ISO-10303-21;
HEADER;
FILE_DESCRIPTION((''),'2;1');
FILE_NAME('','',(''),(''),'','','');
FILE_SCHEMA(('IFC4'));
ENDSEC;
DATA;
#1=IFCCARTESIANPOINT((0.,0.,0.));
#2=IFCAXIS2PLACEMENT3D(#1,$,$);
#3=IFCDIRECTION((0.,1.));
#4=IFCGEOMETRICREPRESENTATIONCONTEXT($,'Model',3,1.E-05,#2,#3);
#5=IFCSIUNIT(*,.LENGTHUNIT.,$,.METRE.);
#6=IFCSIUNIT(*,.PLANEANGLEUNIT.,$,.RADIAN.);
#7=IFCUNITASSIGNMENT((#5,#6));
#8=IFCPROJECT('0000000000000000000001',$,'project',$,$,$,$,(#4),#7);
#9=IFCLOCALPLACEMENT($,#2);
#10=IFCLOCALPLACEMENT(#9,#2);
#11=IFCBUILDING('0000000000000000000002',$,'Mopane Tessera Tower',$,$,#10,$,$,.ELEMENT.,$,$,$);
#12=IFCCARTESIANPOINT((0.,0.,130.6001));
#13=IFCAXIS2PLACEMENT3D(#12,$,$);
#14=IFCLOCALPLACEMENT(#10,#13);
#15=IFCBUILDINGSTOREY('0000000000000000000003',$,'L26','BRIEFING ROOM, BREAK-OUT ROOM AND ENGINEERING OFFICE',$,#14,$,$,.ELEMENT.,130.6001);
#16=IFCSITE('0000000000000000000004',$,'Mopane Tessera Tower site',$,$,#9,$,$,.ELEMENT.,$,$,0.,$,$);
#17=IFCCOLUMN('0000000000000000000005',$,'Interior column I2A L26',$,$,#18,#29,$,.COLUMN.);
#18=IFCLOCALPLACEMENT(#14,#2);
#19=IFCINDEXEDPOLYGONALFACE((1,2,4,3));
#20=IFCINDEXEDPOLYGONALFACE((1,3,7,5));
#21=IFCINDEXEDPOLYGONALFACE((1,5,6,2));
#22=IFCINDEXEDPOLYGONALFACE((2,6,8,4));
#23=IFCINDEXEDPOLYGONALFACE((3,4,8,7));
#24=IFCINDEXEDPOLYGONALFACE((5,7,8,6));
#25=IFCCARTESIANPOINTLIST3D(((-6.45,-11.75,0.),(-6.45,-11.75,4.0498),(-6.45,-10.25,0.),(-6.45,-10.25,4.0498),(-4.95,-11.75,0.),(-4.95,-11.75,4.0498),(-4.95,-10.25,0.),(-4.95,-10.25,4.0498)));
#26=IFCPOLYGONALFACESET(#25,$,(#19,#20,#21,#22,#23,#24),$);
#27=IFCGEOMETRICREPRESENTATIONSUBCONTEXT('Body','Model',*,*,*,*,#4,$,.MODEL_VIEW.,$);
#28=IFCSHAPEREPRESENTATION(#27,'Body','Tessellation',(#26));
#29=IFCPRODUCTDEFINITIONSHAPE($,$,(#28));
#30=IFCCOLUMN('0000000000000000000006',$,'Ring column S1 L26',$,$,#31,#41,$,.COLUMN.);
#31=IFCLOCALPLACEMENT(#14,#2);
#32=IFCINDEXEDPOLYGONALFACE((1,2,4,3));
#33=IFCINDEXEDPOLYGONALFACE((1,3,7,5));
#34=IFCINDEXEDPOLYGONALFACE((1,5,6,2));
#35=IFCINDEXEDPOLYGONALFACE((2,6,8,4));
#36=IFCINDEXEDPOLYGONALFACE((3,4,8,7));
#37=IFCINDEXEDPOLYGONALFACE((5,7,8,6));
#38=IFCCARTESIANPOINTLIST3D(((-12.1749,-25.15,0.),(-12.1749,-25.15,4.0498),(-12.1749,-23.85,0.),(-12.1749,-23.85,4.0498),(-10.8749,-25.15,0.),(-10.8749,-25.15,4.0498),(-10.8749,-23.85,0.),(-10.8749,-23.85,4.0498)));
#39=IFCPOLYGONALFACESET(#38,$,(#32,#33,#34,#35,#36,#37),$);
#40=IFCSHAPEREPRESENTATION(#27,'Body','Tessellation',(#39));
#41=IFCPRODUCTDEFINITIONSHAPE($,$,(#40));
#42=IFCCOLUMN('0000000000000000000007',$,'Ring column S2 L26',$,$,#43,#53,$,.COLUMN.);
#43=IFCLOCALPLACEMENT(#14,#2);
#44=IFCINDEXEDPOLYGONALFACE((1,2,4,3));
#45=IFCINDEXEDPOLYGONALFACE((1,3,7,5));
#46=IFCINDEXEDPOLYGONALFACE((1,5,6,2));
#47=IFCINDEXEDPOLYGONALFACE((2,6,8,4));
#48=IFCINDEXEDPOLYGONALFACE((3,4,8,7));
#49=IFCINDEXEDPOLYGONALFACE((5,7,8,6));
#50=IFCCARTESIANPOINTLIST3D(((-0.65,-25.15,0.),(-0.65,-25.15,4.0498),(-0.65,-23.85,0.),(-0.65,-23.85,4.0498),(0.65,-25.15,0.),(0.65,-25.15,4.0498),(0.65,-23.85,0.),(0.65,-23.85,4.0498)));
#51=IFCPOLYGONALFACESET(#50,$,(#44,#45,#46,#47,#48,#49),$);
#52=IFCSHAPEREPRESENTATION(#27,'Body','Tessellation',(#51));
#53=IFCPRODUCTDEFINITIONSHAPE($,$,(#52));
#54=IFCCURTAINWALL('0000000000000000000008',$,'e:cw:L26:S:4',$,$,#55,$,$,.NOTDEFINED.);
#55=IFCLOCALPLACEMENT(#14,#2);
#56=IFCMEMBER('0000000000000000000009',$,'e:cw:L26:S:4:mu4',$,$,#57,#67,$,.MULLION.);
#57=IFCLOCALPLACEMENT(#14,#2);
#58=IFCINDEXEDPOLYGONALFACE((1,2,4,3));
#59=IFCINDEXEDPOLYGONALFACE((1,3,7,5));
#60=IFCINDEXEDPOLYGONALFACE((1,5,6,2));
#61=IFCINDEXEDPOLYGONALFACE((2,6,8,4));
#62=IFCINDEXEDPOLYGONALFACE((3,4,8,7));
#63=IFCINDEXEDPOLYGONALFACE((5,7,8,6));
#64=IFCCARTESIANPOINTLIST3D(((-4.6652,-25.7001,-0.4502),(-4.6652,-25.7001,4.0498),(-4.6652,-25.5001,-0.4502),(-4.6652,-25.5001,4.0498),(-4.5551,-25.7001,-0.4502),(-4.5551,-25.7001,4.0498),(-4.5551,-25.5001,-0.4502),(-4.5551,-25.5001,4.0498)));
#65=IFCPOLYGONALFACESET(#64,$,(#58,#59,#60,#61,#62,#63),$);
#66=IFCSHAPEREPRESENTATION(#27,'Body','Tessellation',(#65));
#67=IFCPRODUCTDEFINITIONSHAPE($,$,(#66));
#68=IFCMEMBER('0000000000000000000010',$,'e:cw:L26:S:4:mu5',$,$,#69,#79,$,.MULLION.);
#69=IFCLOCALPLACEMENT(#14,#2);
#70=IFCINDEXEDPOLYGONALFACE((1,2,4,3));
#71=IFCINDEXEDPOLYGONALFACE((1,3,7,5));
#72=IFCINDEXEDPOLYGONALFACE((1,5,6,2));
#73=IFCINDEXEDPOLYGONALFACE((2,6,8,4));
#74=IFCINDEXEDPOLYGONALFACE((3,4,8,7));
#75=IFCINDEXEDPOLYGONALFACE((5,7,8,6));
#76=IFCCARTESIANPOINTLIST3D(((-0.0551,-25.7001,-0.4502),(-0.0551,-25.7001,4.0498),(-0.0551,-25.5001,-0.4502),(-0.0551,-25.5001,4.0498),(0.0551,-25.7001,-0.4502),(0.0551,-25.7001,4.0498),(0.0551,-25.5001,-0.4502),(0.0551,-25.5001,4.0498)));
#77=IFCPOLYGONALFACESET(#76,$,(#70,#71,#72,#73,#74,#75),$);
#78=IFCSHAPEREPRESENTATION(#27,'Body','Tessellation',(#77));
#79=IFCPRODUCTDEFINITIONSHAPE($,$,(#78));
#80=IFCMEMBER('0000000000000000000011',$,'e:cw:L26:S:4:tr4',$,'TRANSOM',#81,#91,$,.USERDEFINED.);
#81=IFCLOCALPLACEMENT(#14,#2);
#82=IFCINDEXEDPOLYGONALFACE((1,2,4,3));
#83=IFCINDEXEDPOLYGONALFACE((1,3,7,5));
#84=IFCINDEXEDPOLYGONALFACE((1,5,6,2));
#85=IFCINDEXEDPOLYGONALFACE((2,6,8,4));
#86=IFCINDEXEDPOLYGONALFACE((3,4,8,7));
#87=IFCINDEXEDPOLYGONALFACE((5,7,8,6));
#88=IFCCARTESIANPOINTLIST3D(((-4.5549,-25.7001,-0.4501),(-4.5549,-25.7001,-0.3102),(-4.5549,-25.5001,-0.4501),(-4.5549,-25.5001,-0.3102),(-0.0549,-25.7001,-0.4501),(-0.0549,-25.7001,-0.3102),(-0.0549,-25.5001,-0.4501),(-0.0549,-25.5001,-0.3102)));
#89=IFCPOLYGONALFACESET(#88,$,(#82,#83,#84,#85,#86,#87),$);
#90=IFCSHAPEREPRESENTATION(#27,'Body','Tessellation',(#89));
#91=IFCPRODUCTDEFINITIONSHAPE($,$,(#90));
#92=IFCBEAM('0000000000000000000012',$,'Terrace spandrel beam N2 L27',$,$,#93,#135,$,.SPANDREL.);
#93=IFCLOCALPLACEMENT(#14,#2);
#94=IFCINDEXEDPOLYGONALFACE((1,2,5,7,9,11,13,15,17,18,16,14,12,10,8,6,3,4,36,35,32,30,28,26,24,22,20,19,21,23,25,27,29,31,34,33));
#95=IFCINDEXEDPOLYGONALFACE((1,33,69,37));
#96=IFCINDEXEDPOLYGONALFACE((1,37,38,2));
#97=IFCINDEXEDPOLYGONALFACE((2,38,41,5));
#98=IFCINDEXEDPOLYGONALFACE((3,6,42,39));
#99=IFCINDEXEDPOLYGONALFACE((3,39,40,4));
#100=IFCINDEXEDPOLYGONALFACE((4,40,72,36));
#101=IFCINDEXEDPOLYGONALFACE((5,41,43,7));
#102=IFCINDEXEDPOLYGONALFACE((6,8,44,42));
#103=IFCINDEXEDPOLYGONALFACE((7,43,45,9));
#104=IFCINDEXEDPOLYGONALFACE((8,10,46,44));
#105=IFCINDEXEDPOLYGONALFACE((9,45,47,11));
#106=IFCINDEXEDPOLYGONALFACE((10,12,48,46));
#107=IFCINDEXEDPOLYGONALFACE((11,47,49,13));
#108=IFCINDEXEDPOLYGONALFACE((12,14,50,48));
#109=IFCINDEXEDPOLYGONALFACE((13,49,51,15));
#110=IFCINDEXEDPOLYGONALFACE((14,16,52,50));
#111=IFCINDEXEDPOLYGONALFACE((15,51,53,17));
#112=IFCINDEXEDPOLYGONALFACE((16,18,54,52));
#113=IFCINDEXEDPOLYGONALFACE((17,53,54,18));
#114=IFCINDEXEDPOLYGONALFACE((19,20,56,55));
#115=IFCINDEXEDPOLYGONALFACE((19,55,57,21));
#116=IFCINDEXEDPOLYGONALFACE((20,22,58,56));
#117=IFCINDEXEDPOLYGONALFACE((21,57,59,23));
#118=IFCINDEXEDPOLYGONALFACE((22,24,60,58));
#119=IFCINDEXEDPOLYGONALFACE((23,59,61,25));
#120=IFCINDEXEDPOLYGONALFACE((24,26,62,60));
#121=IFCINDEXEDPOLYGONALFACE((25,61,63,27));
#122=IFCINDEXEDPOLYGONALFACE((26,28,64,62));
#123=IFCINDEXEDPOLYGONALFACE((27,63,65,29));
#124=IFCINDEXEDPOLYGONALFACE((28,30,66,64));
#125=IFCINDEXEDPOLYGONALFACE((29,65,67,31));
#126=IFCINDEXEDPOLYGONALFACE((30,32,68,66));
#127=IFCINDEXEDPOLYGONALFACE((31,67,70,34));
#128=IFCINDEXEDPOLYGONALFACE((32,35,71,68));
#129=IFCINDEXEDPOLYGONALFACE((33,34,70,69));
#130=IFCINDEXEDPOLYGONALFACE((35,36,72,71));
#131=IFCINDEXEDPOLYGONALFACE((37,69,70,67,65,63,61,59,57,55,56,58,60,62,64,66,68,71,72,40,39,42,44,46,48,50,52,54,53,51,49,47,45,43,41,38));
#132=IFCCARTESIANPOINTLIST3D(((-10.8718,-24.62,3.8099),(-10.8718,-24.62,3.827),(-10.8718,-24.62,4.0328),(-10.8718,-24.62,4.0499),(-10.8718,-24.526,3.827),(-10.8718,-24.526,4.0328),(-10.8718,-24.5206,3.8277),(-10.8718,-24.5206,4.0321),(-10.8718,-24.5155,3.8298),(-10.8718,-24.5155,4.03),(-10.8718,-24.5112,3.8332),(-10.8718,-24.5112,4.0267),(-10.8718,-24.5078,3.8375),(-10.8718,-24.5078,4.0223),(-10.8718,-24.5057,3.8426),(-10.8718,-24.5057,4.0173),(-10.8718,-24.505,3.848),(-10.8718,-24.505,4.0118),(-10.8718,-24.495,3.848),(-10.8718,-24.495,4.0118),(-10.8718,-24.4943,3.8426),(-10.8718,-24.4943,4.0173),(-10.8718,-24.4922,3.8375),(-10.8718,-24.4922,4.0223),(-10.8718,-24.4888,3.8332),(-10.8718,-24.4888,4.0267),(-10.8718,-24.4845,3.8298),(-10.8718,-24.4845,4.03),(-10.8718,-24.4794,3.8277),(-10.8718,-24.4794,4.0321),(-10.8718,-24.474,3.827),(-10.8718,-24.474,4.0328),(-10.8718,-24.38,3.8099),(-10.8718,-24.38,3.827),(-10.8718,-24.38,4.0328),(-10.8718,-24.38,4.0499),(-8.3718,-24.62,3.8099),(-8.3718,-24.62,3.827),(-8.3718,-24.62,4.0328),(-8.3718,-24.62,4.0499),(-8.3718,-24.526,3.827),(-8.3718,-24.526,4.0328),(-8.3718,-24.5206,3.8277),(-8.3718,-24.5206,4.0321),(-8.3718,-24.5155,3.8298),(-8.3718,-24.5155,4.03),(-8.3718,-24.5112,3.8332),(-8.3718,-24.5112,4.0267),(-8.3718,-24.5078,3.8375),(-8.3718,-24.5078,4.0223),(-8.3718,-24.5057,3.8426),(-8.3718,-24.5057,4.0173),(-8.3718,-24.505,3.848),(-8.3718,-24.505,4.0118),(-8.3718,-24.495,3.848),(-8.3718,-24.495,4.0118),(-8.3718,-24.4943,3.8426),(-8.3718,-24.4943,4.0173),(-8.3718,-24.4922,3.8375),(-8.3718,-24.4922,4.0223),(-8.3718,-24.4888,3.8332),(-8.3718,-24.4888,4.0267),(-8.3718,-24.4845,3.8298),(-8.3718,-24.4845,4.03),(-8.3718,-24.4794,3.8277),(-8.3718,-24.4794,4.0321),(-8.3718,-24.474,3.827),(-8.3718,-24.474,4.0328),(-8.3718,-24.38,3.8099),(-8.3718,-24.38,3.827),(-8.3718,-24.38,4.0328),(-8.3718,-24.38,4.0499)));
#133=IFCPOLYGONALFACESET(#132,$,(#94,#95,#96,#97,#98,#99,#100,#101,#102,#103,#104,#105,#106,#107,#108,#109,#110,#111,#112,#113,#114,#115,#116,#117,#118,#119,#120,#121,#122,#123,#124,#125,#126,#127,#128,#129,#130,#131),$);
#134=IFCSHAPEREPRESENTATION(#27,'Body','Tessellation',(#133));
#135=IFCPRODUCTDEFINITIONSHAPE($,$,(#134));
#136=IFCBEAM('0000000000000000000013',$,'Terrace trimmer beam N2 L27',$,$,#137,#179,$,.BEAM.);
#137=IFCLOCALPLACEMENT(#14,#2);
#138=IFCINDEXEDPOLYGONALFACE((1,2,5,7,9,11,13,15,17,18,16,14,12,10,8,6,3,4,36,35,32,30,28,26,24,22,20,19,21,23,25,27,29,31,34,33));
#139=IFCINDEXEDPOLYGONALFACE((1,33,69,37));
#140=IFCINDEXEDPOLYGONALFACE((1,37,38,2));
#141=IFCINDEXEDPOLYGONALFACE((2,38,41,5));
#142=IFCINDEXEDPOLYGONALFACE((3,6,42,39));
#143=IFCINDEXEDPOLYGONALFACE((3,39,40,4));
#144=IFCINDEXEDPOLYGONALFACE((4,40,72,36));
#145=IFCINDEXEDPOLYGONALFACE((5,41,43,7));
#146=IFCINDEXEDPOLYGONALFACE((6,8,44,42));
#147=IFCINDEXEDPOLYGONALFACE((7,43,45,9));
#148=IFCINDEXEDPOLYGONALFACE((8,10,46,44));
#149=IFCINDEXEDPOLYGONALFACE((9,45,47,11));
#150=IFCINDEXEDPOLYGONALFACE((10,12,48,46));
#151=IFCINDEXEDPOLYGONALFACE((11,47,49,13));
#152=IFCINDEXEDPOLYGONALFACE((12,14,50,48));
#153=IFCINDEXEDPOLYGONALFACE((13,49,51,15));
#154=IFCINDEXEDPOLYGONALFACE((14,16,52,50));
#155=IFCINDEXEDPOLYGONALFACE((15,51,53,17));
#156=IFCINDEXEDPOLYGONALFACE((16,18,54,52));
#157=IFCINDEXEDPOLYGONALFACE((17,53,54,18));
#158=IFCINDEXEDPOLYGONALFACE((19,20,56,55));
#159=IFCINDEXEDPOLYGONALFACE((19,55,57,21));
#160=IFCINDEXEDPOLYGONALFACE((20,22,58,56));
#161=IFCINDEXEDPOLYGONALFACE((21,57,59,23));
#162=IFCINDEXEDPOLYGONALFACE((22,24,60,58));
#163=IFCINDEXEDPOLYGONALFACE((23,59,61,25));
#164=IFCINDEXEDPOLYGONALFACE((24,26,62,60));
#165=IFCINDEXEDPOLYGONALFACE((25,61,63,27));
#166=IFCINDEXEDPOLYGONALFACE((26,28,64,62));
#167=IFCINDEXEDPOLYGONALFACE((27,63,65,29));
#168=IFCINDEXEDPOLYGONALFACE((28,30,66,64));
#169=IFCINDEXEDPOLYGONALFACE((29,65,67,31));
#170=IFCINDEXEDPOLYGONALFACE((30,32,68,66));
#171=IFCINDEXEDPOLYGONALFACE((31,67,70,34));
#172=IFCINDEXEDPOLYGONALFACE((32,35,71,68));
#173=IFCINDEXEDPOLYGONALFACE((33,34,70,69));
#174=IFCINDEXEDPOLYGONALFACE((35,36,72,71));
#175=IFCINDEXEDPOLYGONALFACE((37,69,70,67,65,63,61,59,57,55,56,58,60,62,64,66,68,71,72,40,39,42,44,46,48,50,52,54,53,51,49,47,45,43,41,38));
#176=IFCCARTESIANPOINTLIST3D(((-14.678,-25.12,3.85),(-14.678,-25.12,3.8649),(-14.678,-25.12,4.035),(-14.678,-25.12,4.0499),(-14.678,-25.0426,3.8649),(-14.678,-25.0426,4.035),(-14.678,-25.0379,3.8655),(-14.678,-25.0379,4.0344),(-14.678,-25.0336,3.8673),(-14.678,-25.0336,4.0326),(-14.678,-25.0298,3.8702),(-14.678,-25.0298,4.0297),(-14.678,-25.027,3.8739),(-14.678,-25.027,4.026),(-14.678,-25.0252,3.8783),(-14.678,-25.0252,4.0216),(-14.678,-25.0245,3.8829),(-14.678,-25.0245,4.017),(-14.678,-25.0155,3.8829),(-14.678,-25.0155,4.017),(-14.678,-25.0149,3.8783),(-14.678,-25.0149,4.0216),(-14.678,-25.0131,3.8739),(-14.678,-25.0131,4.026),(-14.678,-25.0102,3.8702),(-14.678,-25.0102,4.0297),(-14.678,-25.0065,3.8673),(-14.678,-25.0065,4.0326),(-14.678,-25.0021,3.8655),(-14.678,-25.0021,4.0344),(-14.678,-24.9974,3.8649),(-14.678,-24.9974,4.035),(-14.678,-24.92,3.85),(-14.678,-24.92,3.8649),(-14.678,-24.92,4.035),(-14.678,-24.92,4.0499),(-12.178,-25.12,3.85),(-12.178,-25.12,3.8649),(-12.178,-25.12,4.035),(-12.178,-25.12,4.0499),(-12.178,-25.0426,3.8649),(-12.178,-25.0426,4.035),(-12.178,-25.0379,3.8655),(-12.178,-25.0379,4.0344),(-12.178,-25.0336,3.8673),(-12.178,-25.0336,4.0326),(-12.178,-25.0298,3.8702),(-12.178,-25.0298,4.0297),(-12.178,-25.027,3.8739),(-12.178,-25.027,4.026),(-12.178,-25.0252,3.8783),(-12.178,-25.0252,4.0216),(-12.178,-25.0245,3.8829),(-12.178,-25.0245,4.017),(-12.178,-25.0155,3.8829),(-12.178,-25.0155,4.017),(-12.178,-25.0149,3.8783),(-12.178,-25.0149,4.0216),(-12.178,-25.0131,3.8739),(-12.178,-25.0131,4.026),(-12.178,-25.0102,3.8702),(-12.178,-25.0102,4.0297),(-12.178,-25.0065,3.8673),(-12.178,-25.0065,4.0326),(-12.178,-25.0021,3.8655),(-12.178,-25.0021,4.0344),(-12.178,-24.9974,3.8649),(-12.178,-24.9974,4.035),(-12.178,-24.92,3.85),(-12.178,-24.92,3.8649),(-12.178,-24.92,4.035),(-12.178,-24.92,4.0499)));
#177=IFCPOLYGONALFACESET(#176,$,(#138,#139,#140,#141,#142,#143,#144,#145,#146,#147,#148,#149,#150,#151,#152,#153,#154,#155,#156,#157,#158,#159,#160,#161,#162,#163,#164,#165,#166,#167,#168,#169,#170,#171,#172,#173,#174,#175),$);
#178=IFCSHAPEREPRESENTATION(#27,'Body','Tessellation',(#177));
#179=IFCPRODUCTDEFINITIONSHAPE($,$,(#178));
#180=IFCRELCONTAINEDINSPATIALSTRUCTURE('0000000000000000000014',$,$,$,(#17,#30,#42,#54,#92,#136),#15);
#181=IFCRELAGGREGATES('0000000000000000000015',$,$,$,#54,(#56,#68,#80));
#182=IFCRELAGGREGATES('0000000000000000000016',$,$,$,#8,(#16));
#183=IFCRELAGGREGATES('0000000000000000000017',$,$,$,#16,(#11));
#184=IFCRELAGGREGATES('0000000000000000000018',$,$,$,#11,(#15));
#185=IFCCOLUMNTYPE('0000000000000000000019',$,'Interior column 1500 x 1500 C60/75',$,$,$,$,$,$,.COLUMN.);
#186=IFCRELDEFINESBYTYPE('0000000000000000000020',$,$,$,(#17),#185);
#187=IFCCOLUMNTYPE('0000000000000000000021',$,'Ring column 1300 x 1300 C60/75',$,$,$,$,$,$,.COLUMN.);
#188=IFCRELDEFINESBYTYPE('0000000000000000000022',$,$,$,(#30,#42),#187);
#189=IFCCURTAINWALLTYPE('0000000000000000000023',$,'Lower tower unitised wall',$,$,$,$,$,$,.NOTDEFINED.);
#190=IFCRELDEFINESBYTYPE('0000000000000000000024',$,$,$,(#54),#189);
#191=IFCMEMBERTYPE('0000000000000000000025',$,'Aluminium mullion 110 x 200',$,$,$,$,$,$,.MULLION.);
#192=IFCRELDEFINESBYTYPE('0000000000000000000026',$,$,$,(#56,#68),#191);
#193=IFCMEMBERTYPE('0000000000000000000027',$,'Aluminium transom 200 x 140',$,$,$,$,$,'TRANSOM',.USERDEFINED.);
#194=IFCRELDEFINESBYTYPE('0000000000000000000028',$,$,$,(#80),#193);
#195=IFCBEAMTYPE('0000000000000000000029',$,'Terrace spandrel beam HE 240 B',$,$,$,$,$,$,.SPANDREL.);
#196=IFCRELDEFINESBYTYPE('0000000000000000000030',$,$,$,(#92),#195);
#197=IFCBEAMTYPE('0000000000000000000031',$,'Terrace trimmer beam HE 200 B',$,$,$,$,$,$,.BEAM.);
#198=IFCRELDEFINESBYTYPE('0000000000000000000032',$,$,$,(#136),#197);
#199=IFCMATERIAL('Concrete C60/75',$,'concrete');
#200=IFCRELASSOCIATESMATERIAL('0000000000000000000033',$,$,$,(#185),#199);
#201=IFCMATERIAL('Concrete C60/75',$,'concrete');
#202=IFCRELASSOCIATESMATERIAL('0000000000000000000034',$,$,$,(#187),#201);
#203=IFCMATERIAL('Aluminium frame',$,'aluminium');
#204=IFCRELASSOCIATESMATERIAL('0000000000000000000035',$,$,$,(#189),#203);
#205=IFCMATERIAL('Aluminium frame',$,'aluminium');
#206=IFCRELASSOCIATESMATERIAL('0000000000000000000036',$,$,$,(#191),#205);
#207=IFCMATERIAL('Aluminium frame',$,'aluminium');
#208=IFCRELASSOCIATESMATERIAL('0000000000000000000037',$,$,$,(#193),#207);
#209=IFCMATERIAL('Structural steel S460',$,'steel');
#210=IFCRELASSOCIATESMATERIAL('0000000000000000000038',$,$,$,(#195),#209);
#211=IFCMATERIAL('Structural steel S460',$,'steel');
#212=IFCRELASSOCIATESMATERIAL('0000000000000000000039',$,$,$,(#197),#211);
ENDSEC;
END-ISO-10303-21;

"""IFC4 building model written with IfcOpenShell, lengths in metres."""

from ifc_helpers import new_model, si_unit, direction, frame, origin, origin_2d, place, context, subcontext, project, spatial, rectangle, i_section, extrude, material, material_profile, profile_set, type_object, element, aggregate, save


model = new_model("IFC4")

# Units and contexts
model_context = context("Model", 3, precision=1e-05, world=origin(), true_north=direction((0.0, 1.0)))
body_context = subcontext(model_context, "Body", "Model", "MODEL_VIEW")
ifc_project = project(units=[si_unit("LENGTHUNIT", "METRE"), si_unit("PLANEANGLEUNIT", "RADIAN")], contexts=[model_context])

# Site, building, storey
site_placement = place(None, origin())
site = spatial("IfcSite", under=ifc_project, at=site_placement, Name="Mopane Tessera Tower site", CompositionType="ELEMENT", RefElevation=0.0)
building_placement = place(site_placement, origin())
building = spatial("IfcBuilding", under=site, at=building_placement, Name="Mopane Tessera Tower", CompositionType="ELEMENT")
storey_placement = place(building_placement, frame((0.0, 0.0, 130.6001)))
storey = spatial("IfcBuildingStorey", under=building, at=storey_placement, Name="L26", Description="BRIEFING ROOM, BREAK-OUT ROOM AND ENGINEERING OFFICE", CompositionType="ELEMENT", Elevation=130.6001)

# Columns
ifc_material_1 = material(Name="Concrete C60/75", Category="concrete")
ifc_material_profile_1 = material_profile(ifc_material_1, rectangle(XDim=1.5, YDim=1.5, at=origin_2d()))
ifc_profile_set_1 = profile_set([ifc_material_profile_1], Name="Concrete C60/75")
column_type_1 = type_object("IfcColumnType", Name="Interior column 1500 x 1500 C60/75", PredefinedType="COLUMN", material=ifc_profile_set_1)
column_placement = place(storey_placement, frame((-5.7, -11.0, 0.0), z_axis=(0.0, 0.0, 1.0), x_axis=(1.0, 0.0, 0.0)))
element("IfcColumn", 1, at=column_placement, inside=storey, type_object=column_type_1, Name="Interior column I2A L26", PredefinedType="COLUMN", context=body_context, shape_type="SweptSolid", body=[
    extrude(rectangle(XDim=1.5, YDim=1.5, at=origin_2d()), origin(), (0.0, 0.0, 1.0), 4.0498),
])
ifc_material_2 = material(Name="Concrete C60/75", Category="concrete")
ifc_material_profile_2 = material_profile(ifc_material_2, rectangle(XDim=1.3, YDim=1.3, at=origin_2d()))
ifc_profile_set_2 = profile_set([ifc_material_profile_2], Name="Concrete C60/75")
column_type_2 = type_object("IfcColumnType", Name="Ring column 1300 x 1300 C60/75", PredefinedType="COLUMN", material=ifc_profile_set_2)
for number, where, z_axis, x_axis, name in (
    (2, (-11.5249, -24.5, 0.0), (0.0, 0.0, 1.0), (1.0, 0.0, 0.0), "Ring column S1 L26"),
    (3, (0.0, -24.5, 0.0), (0.0, 0.0, 1.0), (1.0, 0.0, 0.0), "Ring column S2 L26"),
):
    element("IfcColumn", number, at=place(storey_placement, frame(where, z_axis=z_axis, x_axis=x_axis)), inside=storey, type_object=column_type_2, Name=name, PredefinedType="COLUMN", context=body_context, shape_type="SweptSolid", body=[
        extrude(rectangle(XDim=1.3, YDim=1.3, at=origin_2d()), origin(), (0.0, 0.0, 1.0), 4.0498),
    ])

# Curtain wall, members
ifc_material_3 = material(Name="Aluminium frame", Category="aluminium")
curtain_wall_type = type_object("IfcCurtainWallType", Name="Lower tower unitised wall", PredefinedType="NOTDEFINED", material=ifc_material_3)
curtain_wall_placement = place(storey_placement, origin())
curtain_wall = element("IfcCurtainWall", 4, at=curtain_wall_placement, inside=storey, type_object=curtain_wall_type, Name="e:cw:L26:S:4", PredefinedType="NOTDEFINED")
ifc_material_4 = material(Name="Aluminium frame", Category="aluminium")
ifc_material_profile_3 = material_profile(ifc_material_4, rectangle(XDim=0.1101, YDim=0.2, at=origin_2d()))
ifc_profile_set_3 = profile_set([ifc_material_profile_3], Name="Aluminium frame")
member_type_1 = type_object("IfcMemberType", Name="Aluminium mullion 110 x 200", PredefinedType="MULLION", material=ifc_profile_set_3)
member_1_placement = place(storey_placement, frame((-4.6101, -25.6001, -0.4502), z_axis=(0.0, 0.0, 1.0), x_axis=(1.0, 0.0, 0.0)))
member_1 = element("IfcMember", 5, at=member_1_placement, type_object=member_type_1, Name="e:cw:L26:S:4:mu4", PredefinedType="MULLION", context=body_context, shape_type="SweptSolid", body=[
    extrude(rectangle(XDim=0.1101, YDim=0.2, at=origin_2d()), origin(), (0.0, 0.0, 1.0), 4.5),
])
member_2_placement = place(storey_placement, frame((0.0, -25.6001, -0.4502), z_axis=(0.0, 0.0, 1.0), x_axis=(1.0, 0.0, 0.0)))
member_2 = element("IfcMember", 6, at=member_2_placement, type_object=member_type_1, Name="e:cw:L26:S:4:mu5", PredefinedType="MULLION", context=body_context, shape_type="SweptSolid", body=[
    extrude(rectangle(XDim=0.1101, YDim=0.2, at=origin_2d()), origin(), (0.0, 0.0, 1.0), 4.5),
])
ifc_material_5 = material(Name="Aluminium frame", Category="aluminium")
ifc_material_profile_4 = material_profile(ifc_material_5, rectangle(XDim=0.2, YDim=0.1399, at=origin_2d()))
ifc_profile_set_4 = profile_set([ifc_material_profile_4], Name="Aluminium frame")
member_type_2 = type_object("IfcMemberType", Name="Aluminium transom 200 x 140", ElementType="TRANSOM", PredefinedType="USERDEFINED", material=ifc_profile_set_4)
member_3_placement = place(storey_placement, frame((-4.5549, -25.6001, -0.3801), z_axis=(1.0, 0.0, 0.0), x_axis=(0.0, 1.0, 0.0)))
member_3 = element("IfcMember", 7, at=member_3_placement, type_object=member_type_2, Name="e:cw:L26:S:4:tr4", ObjectType="TRANSOM", PredefinedType="USERDEFINED", context=body_context, shape_type="SweptSolid", body=[
    extrude(rectangle(XDim=0.2, YDim=0.1399, at=origin_2d()), origin(), (0.0, 0.0, 1.0), 4.5),
])

# Beams
ifc_material_6 = material(Name="Structural steel S460", Category="steel")
ifc_material_profile_5 = material_profile(ifc_material_6, i_section(OverallWidth=0.24, OverallDepth=0.24, WebThickness=0.01, FlangeThickness=0.0171, FilletRadius=0.021, at=origin_2d()))
ifc_profile_set_5 = profile_set([ifc_material_profile_5], Name="Structural steel S460")
beam_type_1 = type_object("IfcBeamType", Name="Terrace spandrel beam HE 240 B", PredefinedType="SPANDREL", material=ifc_profile_set_5)
beam_1_placement = place(storey_placement, frame((-10.8718, -24.5, 3.9299), z_axis=(1.0, 0.0, 0.0), x_axis=(0.0, 1.0, 0.0)))
element("IfcBeam", 8, at=beam_1_placement, inside=storey, type_object=beam_type_1, Name="Terrace spandrel beam N2 L27", PredefinedType="SPANDREL", context=body_context, shape_type="SweptSolid", body=[
    extrude(i_section(OverallWidth=0.24, OverallDepth=0.24, WebThickness=0.01, FlangeThickness=0.0171, FilletRadius=0.021, at=origin_2d()), origin(), (0.0, 0.0, 1.0), 2.5),
])
ifc_material_7 = material(Name="Structural steel S460", Category="steel")
ifc_material_profile_6 = material_profile(ifc_material_7, i_section(OverallWidth=0.2, OverallDepth=0.2, WebThickness=0.009, FlangeThickness=0.0149, FilletRadius=0.0181, at=origin_2d()))
ifc_profile_set_6 = profile_set([ifc_material_profile_6], Name="Structural steel S460")
beam_type_2 = type_object("IfcBeamType", Name="Terrace trimmer beam HE 200 B", PredefinedType="BEAM", material=ifc_profile_set_6)
beam_2_placement = place(storey_placement, frame((-12.178, -25.02, 3.95), z_axis=(-1.0, 0.0, 0.0), x_axis=(0.0, -1.0, 0.0)))
element("IfcBeam", 9, at=beam_2_placement, inside=storey, type_object=beam_type_2, Name="Terrace trimmer beam N2 L27", PredefinedType="BEAM", context=body_context, shape_type="SweptSolid", body=[
    extrude(i_section(OverallWidth=0.2, OverallDepth=0.2, WebThickness=0.009, FlangeThickness=0.0149, FilletRadius=0.0181, at=origin_2d()), origin(), (0.0, 0.0, 1.0), 2.5),
])

aggregate(curtain_wall, [member_1, member_2, member_3])

save(model, "model.ifc")
